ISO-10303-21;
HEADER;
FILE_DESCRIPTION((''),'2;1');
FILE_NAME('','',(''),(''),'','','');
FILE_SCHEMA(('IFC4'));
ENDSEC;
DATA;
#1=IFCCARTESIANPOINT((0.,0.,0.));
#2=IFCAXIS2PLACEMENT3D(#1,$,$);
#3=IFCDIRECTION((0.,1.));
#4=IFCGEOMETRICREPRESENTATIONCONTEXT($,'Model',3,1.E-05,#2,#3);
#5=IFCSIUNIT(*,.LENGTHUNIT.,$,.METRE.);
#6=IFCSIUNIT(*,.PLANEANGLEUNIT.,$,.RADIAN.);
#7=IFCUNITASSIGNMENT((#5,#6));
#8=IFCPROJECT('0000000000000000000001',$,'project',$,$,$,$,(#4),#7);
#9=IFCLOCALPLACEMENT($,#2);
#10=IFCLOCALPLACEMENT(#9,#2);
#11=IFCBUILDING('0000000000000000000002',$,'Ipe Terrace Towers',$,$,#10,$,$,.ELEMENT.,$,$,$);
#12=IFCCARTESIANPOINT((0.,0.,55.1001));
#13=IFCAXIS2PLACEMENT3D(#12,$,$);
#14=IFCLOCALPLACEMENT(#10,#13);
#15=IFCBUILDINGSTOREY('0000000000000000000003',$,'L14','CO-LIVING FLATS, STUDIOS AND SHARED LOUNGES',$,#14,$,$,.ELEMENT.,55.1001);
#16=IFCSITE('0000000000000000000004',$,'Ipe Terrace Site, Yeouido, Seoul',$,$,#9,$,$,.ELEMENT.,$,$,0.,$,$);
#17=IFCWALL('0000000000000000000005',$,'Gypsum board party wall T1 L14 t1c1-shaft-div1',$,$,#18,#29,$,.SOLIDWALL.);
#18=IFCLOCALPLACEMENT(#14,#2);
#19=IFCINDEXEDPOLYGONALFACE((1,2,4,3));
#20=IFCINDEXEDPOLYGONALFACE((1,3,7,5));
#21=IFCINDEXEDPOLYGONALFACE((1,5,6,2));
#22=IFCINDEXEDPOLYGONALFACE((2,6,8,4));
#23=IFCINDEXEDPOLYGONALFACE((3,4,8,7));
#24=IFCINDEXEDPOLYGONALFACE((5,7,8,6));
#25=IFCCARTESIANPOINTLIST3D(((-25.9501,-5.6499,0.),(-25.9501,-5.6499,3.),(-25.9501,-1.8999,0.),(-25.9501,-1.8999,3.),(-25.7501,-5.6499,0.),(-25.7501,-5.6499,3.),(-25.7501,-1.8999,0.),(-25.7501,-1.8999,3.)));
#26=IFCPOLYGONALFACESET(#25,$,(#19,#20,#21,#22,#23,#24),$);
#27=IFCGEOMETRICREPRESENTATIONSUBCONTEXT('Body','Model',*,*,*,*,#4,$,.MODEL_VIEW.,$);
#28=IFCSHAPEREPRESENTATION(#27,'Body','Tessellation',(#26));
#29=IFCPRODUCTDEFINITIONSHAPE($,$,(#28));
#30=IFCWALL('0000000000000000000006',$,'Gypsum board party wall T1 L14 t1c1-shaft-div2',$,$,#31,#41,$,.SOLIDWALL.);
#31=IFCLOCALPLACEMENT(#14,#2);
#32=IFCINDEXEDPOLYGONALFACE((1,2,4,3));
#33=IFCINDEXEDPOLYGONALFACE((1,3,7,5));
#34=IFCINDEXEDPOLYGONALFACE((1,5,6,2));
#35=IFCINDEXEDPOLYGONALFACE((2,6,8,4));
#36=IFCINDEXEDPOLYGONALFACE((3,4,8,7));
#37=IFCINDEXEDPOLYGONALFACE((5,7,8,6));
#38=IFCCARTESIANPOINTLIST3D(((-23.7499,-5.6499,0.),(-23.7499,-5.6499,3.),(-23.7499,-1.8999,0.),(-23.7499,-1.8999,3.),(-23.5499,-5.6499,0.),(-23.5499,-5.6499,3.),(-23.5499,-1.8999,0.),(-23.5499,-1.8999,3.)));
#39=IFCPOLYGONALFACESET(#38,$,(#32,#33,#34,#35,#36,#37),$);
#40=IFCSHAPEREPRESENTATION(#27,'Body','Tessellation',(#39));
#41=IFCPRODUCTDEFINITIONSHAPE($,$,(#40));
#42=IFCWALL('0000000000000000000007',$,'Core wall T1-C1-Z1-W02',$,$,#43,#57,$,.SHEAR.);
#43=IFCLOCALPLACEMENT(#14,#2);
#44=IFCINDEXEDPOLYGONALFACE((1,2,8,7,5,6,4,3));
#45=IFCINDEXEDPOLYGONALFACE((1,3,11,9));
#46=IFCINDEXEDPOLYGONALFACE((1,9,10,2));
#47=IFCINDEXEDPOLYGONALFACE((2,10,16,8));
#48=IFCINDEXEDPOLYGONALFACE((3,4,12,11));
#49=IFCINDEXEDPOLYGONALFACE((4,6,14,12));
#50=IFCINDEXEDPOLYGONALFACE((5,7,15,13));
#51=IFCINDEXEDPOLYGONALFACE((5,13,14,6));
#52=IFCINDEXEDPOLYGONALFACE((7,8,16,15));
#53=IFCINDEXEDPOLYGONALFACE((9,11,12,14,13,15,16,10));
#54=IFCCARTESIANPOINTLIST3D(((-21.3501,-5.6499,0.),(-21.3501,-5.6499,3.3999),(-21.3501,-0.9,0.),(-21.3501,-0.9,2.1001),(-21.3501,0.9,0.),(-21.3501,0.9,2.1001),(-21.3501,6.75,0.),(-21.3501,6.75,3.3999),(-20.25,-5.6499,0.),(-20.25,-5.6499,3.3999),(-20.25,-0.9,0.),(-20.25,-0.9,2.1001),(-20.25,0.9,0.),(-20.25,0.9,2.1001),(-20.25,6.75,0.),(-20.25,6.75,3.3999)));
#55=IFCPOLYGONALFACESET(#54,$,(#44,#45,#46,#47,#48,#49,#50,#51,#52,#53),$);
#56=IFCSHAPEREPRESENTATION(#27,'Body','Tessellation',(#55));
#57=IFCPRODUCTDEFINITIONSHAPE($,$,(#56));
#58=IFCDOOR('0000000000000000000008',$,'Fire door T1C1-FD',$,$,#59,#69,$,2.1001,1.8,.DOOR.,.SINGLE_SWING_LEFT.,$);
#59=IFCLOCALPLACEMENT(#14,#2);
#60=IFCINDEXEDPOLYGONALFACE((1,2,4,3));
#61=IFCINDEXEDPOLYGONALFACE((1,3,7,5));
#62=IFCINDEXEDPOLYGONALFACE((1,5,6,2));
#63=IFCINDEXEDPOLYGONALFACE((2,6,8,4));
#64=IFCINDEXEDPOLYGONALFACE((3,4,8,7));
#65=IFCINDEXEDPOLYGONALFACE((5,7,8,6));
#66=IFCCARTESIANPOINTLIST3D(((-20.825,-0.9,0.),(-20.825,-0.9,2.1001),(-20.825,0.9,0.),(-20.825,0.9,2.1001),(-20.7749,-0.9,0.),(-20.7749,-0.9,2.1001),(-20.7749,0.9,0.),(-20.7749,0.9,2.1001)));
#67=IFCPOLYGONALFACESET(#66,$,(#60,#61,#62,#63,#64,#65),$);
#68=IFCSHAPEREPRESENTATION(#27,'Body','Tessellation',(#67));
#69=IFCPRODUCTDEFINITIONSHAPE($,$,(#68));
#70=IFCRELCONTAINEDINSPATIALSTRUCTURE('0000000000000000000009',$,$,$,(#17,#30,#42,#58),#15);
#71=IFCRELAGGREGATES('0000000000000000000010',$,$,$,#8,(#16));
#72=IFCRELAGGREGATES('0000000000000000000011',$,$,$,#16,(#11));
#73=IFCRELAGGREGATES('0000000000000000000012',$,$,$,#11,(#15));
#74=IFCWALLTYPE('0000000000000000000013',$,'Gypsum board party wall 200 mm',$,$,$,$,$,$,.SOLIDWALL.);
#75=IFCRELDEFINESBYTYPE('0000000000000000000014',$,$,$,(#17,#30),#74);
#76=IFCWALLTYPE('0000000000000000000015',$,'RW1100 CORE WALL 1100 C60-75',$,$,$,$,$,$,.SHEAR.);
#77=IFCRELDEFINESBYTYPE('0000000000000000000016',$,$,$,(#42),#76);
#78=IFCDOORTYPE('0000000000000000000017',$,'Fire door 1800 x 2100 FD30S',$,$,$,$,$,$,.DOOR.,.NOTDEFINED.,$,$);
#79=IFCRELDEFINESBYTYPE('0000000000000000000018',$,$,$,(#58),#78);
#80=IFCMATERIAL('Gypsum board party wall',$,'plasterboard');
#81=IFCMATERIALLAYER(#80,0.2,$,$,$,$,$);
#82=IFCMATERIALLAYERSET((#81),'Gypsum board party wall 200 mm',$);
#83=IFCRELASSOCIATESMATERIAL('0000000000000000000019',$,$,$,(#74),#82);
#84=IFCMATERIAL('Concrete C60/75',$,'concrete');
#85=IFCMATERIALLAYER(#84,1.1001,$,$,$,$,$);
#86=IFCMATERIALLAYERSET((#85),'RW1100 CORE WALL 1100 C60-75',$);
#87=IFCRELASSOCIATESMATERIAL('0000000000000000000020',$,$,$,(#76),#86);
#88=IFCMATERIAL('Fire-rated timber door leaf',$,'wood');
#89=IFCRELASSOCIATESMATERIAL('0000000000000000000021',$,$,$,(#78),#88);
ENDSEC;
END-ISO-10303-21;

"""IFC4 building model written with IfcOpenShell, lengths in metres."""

from ifc_helpers import new_model, si_unit, direction, frame, frame_2d, origin, place, context, subcontext, project, spatial, rectangle, extrude, material, layer, layer_set, type_object, element, fill, save


model = new_model("IFC4")

# Units and contexts
model_context = context("Model", 3, precision=1e-05, world=origin(), true_north=direction((0.0, 1.0)))
body_context = subcontext(model_context, "Body", "Model", "MODEL_VIEW")
ifc_project = project(units=[si_unit("LENGTHUNIT", "METRE"), si_unit("PLANEANGLEUNIT", "RADIAN")], contexts=[model_context])

# Site, building, storey
site_placement = place(None, origin())
site = spatial("IfcSite", under=ifc_project, at=site_placement, Name="Ipe Terrace Site, Yeouido, Seoul", CompositionType="ELEMENT", RefElevation=0.0)
building_placement = place(site_placement, origin())
building = spatial("IfcBuilding", under=site, at=building_placement, Name="Ipe Terrace Towers", CompositionType="ELEMENT")
storey_placement = place(building_placement, frame((0.0, 0.0, 55.1001)))
storey = spatial("IfcBuildingStorey", under=building, at=storey_placement, Name="L14", Description="CO-LIVING FLATS, STUDIOS AND SHARED LOUNGES", CompositionType="ELEMENT", Elevation=55.1001)

# Walls
ifc_material_1 = material(Name="Gypsum board party wall", Category="plasterboard")
ifc_layer_1 = layer(ifc_material_1, 0.2)
ifc_layer_set_1 = layer_set([ifc_layer_1], Name="Gypsum board party wall 200 mm")
wall_type_1 = type_object("IfcWallType", Name="Gypsum board party wall 200 mm", PredefinedType="SOLIDWALL", material=ifc_layer_set_1)
for number, where, z_axis, x_axis, name in (
    (1, (-25.8501, -5.6499, 0.0), (0.0, 0.0, 1.0), (0.0, 1.0, 0.0), "Gypsum board party wall T1 L14 t1c1-shaft-div1"),
    (2, (-23.6499, -5.6499, 0.0), (0.0, 0.0, 1.0), (0.0, 1.0, 0.0), "Gypsum board party wall T1 L14 t1c1-shaft-div2"),
):
    element("IfcWall", number, at=place(storey_placement, frame(where, z_axis=z_axis, x_axis=x_axis)), inside=storey, type_object=wall_type_1, Name=name, PredefinedType="SOLIDWALL", context=body_context, shape_type="SweptSolid", body=[
        extrude(rectangle(XDim=3.75, YDim=0.2, at=frame_2d((1.875, 0.0))), origin(), (0.0, 0.0, 1.0), 3.0),
    ])

# Wall, opening, door
ifc_material_2 = material(Name="Concrete C60/75", Category="concrete")
ifc_layer_2 = layer(ifc_material_2, 1.1001)
ifc_layer_set_2 = layer_set([ifc_layer_2], Name="RW1100 CORE WALL 1100 C60-75")
wall_type_2 = type_object("IfcWallType", Name="RW1100 CORE WALL 1100 C60-75", PredefinedType="SHEAR", material=ifc_layer_set_2)
wall_1_placement = place(storey_placement, frame((-20.8, -5.6499, 0.0), z_axis=(0.0, 0.0, 1.0), x_axis=(0.0, 1.0, 0.0)))
wall_1 = element("IfcWall", 3, at=wall_1_placement, inside=storey, type_object=wall_type_2, Name="Core wall T1-C1-Z1-W02", PredefinedType="SHEAR", context=body_context, shape_type="SweptSolid", body=[
    extrude(rectangle(XDim=12.3999, YDim=1.1001, at=frame_2d((6.2, 0.0))), origin(), (0.0, 0.0, 1.0), 3.3999),
])
opening_1_placement = place(wall_1_placement, frame((4.75, 0.0, 0.0)))
opening_1 = element("IfcOpeningElement", 4, at=opening_1_placement, cuts=wall_1, PredefinedType="OPENING", context=body_context, shape_type="SweptSolid", body=[
    extrude(rectangle(XDim=1.8, YDim=2.1001, at=frame_2d((0.8999, 1.05))), frame((0.0, 0.5601, 0.0), z_axis=(0.0, -1.0, 0.0), x_axis=(1.0, 0.0, 0.0)), (0.0, 0.0, 1.0), 1.1201),
])
ifc_material_3 = material(Name="Fire-rated timber door leaf", Category="wood")
door_type_1 = type_object("IfcDoorType", Name="Fire door 1800 x 2100 FD30S", OperationType="NOTDEFINED", PredefinedType="DOOR", material=ifc_material_3)
door_1_placement = place(opening_1_placement, origin())
door_1 = element("IfcDoor", 5, at=door_1_placement, inside=storey, type_object=door_type_1, Name="Fire door T1C1-FD", OperationType="SINGLE_SWING_LEFT", OverallHeight=2.1001, OverallWidth=1.8, PredefinedType="DOOR", context=body_context, shape_type="SweptSolid", body=[
    extrude(rectangle(XDim=1.8, YDim=2.1001, at=frame_2d((0.8999, 1.05))), frame((0.0, 0.0249, 0.0), z_axis=(0.0, -1.0, 0.0), x_axis=(1.0, 0.0, 0.0)), (0.0, 0.0, 1.0), 0.05),
])
fill(opening_1, door_1)

save(model, "model.ifc")
